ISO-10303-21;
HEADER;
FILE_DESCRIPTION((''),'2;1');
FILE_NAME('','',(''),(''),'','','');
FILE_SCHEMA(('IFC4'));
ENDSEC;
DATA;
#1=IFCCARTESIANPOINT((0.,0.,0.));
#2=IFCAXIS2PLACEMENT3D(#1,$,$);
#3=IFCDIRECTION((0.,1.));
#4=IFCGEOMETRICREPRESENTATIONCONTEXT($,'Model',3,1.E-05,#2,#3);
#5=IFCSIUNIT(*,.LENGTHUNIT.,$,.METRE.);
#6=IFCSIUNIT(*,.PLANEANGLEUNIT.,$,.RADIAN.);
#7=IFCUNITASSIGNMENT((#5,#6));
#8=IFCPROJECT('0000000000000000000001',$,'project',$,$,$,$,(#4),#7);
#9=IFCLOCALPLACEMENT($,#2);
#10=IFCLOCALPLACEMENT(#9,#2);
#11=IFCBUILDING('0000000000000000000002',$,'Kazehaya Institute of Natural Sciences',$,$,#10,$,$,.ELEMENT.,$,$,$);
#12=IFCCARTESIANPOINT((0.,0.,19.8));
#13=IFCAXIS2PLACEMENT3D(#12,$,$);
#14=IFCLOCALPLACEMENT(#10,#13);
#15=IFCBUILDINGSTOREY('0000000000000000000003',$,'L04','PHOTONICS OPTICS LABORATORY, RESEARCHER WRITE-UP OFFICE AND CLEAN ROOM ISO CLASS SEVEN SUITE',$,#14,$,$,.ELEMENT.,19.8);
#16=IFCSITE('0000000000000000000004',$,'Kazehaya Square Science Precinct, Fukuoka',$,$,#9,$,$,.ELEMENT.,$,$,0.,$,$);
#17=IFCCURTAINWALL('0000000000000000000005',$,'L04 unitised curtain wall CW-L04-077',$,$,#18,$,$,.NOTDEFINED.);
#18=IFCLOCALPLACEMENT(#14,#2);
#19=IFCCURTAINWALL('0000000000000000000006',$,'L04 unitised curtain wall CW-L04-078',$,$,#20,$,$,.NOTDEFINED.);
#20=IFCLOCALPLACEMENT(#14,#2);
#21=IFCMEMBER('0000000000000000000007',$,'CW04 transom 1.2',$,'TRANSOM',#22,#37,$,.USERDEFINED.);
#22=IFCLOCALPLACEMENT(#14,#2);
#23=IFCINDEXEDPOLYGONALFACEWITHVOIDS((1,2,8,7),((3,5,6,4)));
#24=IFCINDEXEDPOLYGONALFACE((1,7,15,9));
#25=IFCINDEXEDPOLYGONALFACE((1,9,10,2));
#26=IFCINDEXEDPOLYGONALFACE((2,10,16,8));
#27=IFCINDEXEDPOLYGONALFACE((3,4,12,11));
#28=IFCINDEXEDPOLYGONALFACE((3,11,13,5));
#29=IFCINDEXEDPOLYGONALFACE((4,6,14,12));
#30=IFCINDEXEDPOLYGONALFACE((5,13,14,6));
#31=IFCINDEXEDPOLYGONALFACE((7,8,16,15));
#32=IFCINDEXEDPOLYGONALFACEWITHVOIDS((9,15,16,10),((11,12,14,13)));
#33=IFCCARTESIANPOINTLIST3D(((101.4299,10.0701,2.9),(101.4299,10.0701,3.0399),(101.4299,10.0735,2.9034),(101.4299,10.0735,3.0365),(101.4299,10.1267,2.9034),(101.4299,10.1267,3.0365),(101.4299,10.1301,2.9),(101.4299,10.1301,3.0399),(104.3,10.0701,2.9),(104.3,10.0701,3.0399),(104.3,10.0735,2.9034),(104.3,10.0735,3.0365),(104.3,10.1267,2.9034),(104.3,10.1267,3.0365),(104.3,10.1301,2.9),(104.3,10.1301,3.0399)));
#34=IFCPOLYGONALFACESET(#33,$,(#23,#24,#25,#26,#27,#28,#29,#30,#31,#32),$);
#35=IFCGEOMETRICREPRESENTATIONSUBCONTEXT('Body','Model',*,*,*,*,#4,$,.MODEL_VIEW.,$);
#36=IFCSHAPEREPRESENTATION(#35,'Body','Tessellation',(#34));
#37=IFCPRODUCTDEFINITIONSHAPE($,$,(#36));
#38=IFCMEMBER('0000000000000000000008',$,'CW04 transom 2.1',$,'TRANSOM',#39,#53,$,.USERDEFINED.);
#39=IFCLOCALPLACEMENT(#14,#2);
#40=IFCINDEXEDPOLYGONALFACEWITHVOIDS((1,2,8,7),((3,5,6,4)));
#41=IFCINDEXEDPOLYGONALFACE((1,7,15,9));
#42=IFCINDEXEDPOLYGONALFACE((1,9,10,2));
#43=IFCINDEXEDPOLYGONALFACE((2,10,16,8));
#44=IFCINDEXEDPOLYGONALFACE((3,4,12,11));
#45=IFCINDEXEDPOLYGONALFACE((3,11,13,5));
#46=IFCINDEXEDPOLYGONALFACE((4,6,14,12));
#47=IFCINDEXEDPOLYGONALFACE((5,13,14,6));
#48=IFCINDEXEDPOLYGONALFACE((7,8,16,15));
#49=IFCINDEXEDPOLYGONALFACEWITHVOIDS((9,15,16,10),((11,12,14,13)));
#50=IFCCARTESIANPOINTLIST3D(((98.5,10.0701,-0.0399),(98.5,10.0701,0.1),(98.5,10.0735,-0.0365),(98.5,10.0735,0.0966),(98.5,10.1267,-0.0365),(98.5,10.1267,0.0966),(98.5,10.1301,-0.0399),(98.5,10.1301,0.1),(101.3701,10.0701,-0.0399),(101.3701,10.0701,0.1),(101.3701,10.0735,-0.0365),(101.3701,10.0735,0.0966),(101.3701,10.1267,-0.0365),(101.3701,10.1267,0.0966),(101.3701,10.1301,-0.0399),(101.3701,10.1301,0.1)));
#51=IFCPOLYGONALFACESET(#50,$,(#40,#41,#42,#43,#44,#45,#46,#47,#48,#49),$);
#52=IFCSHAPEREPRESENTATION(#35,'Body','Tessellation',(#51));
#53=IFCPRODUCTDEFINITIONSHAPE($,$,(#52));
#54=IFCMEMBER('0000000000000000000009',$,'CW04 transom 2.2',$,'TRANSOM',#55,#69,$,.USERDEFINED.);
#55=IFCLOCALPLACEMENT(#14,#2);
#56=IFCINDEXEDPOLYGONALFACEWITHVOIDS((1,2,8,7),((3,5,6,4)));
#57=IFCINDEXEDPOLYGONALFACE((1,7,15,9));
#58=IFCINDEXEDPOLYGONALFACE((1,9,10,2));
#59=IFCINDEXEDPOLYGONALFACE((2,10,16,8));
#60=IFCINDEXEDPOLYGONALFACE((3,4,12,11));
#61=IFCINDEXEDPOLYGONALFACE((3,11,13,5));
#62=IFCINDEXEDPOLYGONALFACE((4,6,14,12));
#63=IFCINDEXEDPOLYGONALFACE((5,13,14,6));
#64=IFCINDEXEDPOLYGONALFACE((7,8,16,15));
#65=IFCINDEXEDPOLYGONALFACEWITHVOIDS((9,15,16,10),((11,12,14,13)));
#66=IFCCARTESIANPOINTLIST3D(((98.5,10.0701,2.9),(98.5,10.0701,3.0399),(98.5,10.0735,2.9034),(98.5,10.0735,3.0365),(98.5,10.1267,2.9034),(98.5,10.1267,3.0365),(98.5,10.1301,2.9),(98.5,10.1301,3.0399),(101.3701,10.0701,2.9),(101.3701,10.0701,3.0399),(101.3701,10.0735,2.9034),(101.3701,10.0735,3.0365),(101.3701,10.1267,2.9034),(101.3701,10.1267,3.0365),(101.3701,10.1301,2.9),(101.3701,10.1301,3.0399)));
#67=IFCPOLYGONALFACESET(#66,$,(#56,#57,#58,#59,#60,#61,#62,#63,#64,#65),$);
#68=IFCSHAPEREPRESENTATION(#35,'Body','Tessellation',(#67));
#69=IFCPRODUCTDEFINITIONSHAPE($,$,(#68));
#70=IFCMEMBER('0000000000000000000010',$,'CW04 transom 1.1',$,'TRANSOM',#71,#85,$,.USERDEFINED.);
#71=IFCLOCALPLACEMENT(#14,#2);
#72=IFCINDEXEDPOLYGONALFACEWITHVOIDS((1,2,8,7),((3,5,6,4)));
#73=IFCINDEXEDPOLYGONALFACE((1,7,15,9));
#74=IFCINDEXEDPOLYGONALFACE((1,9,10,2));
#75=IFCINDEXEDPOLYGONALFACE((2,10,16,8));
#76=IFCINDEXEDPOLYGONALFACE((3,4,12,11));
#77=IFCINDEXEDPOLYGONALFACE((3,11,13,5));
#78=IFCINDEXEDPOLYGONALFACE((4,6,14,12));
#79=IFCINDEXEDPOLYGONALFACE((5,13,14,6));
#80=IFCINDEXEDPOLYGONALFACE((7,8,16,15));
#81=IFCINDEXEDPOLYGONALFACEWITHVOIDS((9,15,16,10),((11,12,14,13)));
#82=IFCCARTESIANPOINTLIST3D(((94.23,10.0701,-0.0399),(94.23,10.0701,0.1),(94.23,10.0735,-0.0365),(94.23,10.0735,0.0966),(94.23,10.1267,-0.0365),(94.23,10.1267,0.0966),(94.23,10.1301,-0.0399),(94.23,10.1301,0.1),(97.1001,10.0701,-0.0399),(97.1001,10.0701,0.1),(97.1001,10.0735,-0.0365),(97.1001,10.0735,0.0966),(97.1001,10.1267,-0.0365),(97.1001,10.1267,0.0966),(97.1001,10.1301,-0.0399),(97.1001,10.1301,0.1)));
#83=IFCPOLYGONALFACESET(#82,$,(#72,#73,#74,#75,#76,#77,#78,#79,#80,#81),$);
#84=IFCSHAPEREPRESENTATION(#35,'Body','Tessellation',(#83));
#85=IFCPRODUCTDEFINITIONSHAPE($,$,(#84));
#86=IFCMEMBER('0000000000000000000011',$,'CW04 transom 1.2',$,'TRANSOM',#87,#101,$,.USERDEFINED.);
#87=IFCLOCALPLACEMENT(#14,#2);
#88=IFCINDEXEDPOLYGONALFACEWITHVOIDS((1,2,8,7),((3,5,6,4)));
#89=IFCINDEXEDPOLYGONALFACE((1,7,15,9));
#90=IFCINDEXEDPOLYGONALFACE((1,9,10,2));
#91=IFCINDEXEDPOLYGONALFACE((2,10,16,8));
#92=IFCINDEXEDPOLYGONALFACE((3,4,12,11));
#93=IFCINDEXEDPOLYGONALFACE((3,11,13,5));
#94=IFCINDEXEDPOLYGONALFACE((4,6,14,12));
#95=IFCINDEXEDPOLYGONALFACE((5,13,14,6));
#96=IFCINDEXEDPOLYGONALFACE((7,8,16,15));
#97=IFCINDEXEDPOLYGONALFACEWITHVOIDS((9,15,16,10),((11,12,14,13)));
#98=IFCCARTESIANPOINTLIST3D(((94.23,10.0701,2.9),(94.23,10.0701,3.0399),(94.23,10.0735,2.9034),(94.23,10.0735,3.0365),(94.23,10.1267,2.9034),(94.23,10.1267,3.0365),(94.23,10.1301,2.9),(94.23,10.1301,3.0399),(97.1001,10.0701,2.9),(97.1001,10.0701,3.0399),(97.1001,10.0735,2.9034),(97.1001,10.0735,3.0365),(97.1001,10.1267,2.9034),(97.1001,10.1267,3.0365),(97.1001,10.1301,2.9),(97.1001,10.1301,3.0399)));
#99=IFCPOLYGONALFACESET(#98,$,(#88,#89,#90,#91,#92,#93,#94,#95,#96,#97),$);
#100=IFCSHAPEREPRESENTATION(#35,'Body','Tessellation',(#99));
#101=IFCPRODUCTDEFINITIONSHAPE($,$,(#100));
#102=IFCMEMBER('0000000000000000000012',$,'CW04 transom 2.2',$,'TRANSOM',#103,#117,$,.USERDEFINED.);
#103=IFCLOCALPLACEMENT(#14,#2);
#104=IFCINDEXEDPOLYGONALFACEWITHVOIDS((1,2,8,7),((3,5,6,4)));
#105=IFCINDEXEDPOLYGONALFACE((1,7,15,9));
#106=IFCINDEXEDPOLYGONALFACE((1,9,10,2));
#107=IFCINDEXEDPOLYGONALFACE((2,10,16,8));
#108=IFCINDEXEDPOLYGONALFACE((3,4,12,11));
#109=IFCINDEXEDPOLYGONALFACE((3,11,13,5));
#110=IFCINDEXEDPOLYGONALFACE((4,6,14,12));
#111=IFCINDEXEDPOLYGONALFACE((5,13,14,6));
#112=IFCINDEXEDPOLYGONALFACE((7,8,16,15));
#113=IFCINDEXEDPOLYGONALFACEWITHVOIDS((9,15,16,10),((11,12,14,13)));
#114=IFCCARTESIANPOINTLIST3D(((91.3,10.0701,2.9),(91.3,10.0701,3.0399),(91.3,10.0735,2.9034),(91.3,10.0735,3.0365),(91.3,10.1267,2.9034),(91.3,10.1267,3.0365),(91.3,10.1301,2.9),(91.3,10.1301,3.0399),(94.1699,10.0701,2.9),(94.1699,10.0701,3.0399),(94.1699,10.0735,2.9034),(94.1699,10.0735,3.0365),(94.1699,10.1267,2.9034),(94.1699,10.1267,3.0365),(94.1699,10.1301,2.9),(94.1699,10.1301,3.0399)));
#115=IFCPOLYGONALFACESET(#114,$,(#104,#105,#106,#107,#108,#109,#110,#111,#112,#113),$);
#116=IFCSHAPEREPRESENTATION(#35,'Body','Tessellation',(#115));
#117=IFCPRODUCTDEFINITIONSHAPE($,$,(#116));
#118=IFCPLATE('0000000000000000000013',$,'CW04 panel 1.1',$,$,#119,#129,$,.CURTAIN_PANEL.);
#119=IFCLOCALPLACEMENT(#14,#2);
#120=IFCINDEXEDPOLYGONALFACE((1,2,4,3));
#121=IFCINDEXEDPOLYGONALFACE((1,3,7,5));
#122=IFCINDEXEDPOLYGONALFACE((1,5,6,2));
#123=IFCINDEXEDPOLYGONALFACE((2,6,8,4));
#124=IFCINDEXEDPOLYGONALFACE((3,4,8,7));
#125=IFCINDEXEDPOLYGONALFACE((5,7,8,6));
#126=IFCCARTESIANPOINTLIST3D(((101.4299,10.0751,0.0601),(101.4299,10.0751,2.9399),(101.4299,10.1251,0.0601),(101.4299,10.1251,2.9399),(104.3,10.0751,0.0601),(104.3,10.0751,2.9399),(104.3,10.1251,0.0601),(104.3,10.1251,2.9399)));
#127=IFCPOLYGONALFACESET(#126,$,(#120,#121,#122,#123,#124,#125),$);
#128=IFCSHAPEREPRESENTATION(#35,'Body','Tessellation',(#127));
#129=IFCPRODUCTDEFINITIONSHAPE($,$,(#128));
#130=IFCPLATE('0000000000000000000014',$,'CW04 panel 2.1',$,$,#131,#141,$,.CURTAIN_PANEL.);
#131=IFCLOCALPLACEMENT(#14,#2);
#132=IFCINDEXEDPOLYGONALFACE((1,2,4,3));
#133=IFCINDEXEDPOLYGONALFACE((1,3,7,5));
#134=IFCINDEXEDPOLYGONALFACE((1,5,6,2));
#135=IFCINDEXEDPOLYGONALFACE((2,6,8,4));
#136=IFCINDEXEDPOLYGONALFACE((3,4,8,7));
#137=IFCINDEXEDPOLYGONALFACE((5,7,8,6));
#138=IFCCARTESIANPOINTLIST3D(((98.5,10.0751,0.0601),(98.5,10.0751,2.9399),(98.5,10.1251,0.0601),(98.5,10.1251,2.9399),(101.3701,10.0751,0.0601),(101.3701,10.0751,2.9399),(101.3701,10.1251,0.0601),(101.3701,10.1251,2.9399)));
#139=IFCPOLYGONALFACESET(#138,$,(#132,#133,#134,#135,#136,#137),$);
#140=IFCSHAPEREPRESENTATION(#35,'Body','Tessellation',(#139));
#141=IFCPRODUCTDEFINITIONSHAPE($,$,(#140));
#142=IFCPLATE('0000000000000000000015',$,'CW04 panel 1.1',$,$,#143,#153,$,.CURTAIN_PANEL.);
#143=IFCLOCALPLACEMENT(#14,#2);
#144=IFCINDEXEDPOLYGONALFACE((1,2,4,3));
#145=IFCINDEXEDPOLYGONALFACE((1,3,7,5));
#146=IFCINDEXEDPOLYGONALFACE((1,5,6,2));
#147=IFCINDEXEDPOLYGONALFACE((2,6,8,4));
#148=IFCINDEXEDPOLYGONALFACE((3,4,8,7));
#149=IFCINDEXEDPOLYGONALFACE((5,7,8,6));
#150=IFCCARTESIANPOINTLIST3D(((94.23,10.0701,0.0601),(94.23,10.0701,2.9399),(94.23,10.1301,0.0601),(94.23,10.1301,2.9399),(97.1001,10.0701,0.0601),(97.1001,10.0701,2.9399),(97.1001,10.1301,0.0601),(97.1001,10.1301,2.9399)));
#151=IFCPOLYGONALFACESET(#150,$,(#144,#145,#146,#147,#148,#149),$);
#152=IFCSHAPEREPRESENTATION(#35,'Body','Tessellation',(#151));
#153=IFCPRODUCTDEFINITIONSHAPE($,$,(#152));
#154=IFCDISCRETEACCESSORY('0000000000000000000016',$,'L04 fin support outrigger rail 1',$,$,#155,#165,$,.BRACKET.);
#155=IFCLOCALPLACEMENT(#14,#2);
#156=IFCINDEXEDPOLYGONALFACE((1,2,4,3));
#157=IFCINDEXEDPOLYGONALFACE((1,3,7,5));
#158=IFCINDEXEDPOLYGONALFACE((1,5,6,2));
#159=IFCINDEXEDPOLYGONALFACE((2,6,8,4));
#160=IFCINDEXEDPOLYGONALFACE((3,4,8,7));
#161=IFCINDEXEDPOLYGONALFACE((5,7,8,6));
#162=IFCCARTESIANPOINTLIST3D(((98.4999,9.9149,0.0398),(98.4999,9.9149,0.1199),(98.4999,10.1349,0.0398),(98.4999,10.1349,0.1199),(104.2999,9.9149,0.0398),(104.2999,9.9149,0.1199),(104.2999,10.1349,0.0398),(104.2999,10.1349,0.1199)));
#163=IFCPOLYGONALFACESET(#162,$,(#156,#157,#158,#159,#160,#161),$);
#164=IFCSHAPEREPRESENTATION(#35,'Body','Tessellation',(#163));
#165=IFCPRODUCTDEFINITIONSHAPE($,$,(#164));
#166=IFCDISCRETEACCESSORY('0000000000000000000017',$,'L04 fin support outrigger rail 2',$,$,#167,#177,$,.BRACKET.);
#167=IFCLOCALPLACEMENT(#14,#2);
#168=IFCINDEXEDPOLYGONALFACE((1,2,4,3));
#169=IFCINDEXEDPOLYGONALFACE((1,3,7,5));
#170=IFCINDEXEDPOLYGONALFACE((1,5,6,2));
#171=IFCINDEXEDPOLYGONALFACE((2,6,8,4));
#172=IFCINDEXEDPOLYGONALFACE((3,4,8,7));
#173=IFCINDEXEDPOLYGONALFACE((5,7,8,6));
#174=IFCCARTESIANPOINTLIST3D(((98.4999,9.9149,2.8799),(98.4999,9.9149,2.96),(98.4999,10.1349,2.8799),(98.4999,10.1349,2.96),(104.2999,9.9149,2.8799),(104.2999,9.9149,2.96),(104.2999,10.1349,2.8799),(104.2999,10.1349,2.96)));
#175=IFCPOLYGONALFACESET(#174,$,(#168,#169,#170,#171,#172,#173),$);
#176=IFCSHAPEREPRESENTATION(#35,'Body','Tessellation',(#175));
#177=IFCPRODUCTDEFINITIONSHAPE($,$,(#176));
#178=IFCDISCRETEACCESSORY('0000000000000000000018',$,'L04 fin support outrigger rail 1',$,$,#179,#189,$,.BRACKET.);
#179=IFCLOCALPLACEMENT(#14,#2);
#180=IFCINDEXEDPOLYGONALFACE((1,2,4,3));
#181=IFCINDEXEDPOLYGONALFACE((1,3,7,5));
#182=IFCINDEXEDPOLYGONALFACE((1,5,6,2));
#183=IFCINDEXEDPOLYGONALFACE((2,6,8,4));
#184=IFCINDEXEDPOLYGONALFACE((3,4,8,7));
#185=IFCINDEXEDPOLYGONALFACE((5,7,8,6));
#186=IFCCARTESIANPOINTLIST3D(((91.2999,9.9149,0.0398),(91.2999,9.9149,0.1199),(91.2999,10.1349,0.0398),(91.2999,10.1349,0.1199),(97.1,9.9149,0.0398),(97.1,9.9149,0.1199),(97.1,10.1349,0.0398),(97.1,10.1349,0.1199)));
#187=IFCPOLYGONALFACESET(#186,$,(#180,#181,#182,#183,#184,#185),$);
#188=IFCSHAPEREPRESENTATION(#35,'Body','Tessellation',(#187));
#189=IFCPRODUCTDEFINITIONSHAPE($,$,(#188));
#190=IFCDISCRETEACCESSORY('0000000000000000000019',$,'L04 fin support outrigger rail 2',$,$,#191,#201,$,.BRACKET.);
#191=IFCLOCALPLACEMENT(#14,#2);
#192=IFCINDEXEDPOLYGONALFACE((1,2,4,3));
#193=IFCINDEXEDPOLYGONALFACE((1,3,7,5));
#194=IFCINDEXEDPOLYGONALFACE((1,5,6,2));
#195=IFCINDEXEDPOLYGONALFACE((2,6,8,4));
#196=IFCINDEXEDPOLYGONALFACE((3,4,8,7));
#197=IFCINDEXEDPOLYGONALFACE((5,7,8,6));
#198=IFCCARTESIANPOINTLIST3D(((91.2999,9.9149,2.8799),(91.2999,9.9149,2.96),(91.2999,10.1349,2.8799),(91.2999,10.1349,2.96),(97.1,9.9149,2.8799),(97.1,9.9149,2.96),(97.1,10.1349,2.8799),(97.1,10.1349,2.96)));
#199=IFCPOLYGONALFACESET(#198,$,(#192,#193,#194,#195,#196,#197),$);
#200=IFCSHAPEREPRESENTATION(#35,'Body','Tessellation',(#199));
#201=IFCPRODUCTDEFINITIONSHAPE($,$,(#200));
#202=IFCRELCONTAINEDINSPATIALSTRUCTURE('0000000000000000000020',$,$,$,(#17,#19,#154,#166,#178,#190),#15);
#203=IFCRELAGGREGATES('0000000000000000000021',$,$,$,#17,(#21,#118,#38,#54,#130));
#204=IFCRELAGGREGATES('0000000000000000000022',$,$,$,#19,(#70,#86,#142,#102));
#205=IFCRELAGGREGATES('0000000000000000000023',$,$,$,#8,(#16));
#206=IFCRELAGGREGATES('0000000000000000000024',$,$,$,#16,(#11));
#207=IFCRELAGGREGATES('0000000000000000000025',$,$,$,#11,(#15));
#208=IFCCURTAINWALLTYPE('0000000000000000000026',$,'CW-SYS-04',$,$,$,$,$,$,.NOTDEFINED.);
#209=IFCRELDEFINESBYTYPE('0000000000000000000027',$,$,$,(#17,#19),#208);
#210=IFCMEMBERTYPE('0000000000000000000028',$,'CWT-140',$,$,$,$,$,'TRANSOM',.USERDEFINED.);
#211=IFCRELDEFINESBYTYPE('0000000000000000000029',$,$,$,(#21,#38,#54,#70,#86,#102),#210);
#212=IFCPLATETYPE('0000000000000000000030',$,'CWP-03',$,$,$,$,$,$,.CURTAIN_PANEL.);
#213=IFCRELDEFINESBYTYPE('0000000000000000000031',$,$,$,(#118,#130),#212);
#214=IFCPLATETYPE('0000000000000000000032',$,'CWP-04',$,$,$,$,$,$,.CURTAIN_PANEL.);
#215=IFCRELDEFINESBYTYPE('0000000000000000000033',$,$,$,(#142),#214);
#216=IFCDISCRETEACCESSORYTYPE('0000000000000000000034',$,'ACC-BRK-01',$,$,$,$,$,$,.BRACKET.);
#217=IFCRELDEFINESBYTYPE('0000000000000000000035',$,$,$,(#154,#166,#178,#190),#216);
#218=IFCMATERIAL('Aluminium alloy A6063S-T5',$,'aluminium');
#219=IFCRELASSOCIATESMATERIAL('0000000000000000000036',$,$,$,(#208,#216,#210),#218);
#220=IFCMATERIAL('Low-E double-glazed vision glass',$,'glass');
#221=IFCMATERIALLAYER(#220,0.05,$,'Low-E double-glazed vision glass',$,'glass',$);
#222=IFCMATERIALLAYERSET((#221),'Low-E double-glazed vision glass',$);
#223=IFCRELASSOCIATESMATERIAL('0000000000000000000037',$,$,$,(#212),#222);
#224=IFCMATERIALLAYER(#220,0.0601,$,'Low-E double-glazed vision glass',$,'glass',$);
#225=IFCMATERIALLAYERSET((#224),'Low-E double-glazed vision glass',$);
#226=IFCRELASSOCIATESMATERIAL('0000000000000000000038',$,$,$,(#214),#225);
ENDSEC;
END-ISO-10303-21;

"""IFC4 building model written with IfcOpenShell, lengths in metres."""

from ifc_helpers import new_model, si_unit, direction, frame, origin, origin_2d, place, context, subcontext, project, spatial, rectangle, hollow_rectangle, extrude, material, layer, layer_set, material_profile, profile_set, type_object, element, aggregate, save


model = new_model("IFC4")

# Units and contexts
model_context = context("Model", 3, precision=1e-05, world=origin(), true_north=direction((0.0, 1.0)))
body_context = subcontext(model_context, "Body", "Model", "MODEL_VIEW")
ifc_project = project(units=[si_unit("LENGTHUNIT", "METRE"), si_unit("PLANEANGLEUNIT", "RADIAN")], contexts=[model_context])

# Site, building, storey
site_placement = place(None, origin())
site = spatial("IfcSite", under=ifc_project, at=site_placement, Name="Kazehaya Square Science Precinct, Fukuoka", CompositionType="ELEMENT", RefElevation=0.0)
building_placement = place(site_placement, origin())
building = spatial("IfcBuilding", under=site, at=building_placement, Name="Kazehaya Institute of Natural Sciences", CompositionType="ELEMENT")
storey_placement = place(building_placement, frame((0.0, 0.0, 19.8)))
storey = spatial("IfcBuildingStorey", under=building, at=storey_placement, Name="L04", Description="PHOTONICS OPTICS LABORATORY, RESEARCHER WRITE-UP OFFICE AND CLEAN ROOM ISO CLASS SEVEN SUITE", CompositionType="ELEMENT", Elevation=19.8)

# Curtain walls
ifc_material_1 = material(Name="Aluminium alloy A6063S-T5", Category="aluminium")
curtain_wall_type = type_object("IfcCurtainWallType", Name="CW-SYS-04", PredefinedType="NOTDEFINED", material=ifc_material_1)
curtain_wall_1_placement = place(storey_placement, origin())
curtain_wall_1 = element("IfcCurtainWall", 1, at=curtain_wall_1_placement, inside=storey, type_object=curtain_wall_type, Name="L04 unitised curtain wall CW-L04-077", PredefinedType="NOTDEFINED")
curtain_wall_2_placement = place(storey_placement, origin())
curtain_wall_2 = element("IfcCurtainWall", 2, at=curtain_wall_2_placement, inside=storey, type_object=curtain_wall_type, Name="L04 unitised curtain wall CW-L04-078", PredefinedType="NOTDEFINED")

# Members
ifc_material_profile_1 = material_profile(ifc_material_1, hollow_rectangle(XDim=0.0601, YDim=0.1399, WallThickness=0.0034, at=origin_2d()), Name="ALU-60x140x3.5")
ifc_profile_set_1 = profile_set([ifc_material_profile_1], Name="Aluminium alloy A6063S-T5")
member_type_1 = type_object("IfcMemberType", Name="CWT-140", ElementType="TRANSOM", PredefinedType="USERDEFINED", material=ifc_profile_set_1)
member_1_placement = place(storey_placement, frame((104.3, 10.1001, 2.97), z_axis=(-1.0, 0.0, 0.0), x_axis=(0.0, -1.0, 0.0)))
member_1 = element("IfcMember", 3, at=member_1_placement, type_object=member_type_1, Name="CW04 transom 1.2", ObjectType="TRANSOM", PredefinedType="USERDEFINED", context=body_context, shape_type="SweptSolid", body=[
    extrude(hollow_rectangle(XDim=0.0601, YDim=0.1399, WallThickness=0.0034, at=origin_2d()), origin(), (0.0, 0.0, 1.0), 2.8701),
])
member_2_placement = place(storey_placement, frame((101.3701, 10.1001, 0.03), z_axis=(-1.0, 0.0, 0.0), x_axis=(0.0, -1.0, 0.0)))
member_2 = element("IfcMember", 4, at=member_2_placement, type_object=member_type_1, Name="CW04 transom 2.1", ObjectType="TRANSOM", PredefinedType="USERDEFINED", context=body_context, shape_type="SweptSolid", body=[
    extrude(hollow_rectangle(XDim=0.0601, YDim=0.1399, WallThickness=0.0034, at=origin_2d()), origin(), (0.0, 0.0, 1.0), 2.8701),
])
member_3_placement = place(storey_placement, frame((101.3701, 10.1001, 2.97), z_axis=(-1.0, 0.0, 0.0), x_axis=(0.0, -1.0, 0.0)))
member_3 = element("IfcMember", 5, at=member_3_placement, type_object=member_type_1, Name="CW04 transom 2.2", ObjectType="TRANSOM", PredefinedType="USERDEFINED", context=body_context, shape_type="SweptSolid", body=[
    extrude(hollow_rectangle(XDim=0.0601, YDim=0.1399, WallThickness=0.0034, at=origin_2d()), origin(), (0.0, 0.0, 1.0), 2.8701),
])
member_4_placement = place(storey_placement, frame((97.1001, 10.1001, 0.03), z_axis=(-1.0, 0.0, 0.0), x_axis=(0.0, -1.0, 0.0)))
member_4 = element("IfcMember", 6, at=member_4_placement, type_object=member_type_1, Name="CW04 transom 1.1", ObjectType="TRANSOM", PredefinedType="USERDEFINED", context=body_context, shape_type="SweptSolid", body=[
    extrude(hollow_rectangle(XDim=0.0601, YDim=0.1399, WallThickness=0.0034, at=origin_2d()), origin(), (0.0, 0.0, 1.0), 2.8701),
])
member_5_placement = place(storey_placement, frame((97.1001, 10.1001, 2.97), z_axis=(-1.0, 0.0, 0.0), x_axis=(0.0, -1.0, 0.0)))
member_5 = element("IfcMember", 7, at=member_5_placement, type_object=member_type_1, Name="CW04 transom 1.2", ObjectType="TRANSOM", PredefinedType="USERDEFINED", context=body_context, shape_type="SweptSolid", body=[
    extrude(hollow_rectangle(XDim=0.0601, YDim=0.1399, WallThickness=0.0034, at=origin_2d()), origin(), (0.0, 0.0, 1.0), 2.8701),
])
member_6_placement = place(storey_placement, frame((94.1699, 10.1001, 2.97), z_axis=(-1.0, 0.0, 0.0), x_axis=(0.0, -1.0, 0.0)))
member_6 = element("IfcMember", 8, at=member_6_placement, type_object=member_type_1, Name="CW04 transom 2.2", ObjectType="TRANSOM", PredefinedType="USERDEFINED", context=body_context, shape_type="SweptSolid", body=[
    extrude(hollow_rectangle(XDim=0.0601, YDim=0.1399, WallThickness=0.0034, at=origin_2d()), origin(), (0.0, 0.0, 1.0), 2.8699),
])

# Plates
ifc_material_2 = material(Name="Low-E double-glazed vision glass", Category="glass")
ifc_layer_1 = layer(ifc_material_2, 0.05, Name="Low-E double-glazed vision glass", Category="glass")
ifc_layer_set_1 = layer_set([ifc_layer_1], Name="Low-E double-glazed vision glass")
plate_type_1 = type_object("IfcPlateType", Name="CWP-03", PredefinedType="CURTAIN_PANEL", material=ifc_layer_set_1)
plate_1_placement = place(storey_placement, frame((102.865, 10.1001, 0.0601), z_axis=(0.0, 0.0, 1.0), x_axis=(-1.0, 0.0, 0.0)))
plate_1 = element("IfcPlate", 9, at=plate_1_placement, type_object=plate_type_1, Name="CW04 panel 1.1", PredefinedType="CURTAIN_PANEL", context=body_context, shape_type="SweptSolid", body=[
    extrude(rectangle(XDim=2.8701, YDim=0.05, at=origin_2d()), origin(), (0.0, 0.0, 1.0), 2.8799),
])
plate_2_placement = place(storey_placement, frame((99.9351, 10.1001, 0.0601), z_axis=(0.0, 0.0, 1.0), x_axis=(-1.0, 0.0, 0.0)))
plate_2 = element("IfcPlate", 10, at=plate_2_placement, type_object=plate_type_1, Name="CW04 panel 2.1", PredefinedType="CURTAIN_PANEL", context=body_context, shape_type="SweptSolid", body=[
    extrude(rectangle(XDim=2.8701, YDim=0.05, at=origin_2d()), origin(), (0.0, 0.0, 1.0), 2.8799),
])
aggregate(curtain_wall_1, [member_1, plate_1, member_2, member_3, plate_2])
ifc_layer_2 = layer(ifc_material_2, 0.0601, Name="Low-E double-glazed vision glass", Category="glass")
ifc_layer_set_2 = layer_set([ifc_layer_2], Name="Low-E double-glazed vision glass")
plate_type_2 = type_object("IfcPlateType", Name="CWP-04", PredefinedType="CURTAIN_PANEL", material=ifc_layer_set_2)
plate_3_placement = place(storey_placement, frame((95.665, 10.1001, 0.0601), z_axis=(0.0, 0.0, 1.0), x_axis=(-1.0, 0.0, 0.0)))
plate_3 = element("IfcPlate", 11, at=plate_3_placement, type_object=plate_type_2, Name="CW04 panel 1.1", PredefinedType="CURTAIN_PANEL", context=body_context, shape_type="SweptSolid", body=[
    extrude(rectangle(XDim=2.8701, YDim=0.0601, at=origin_2d()), origin(), (0.0, 0.0, 1.0), 2.8799),
])
aggregate(curtain_wall_2, [member_4, member_5, plate_3, member_6])

# Discrete accessories
discrete_accessory_type = type_object("IfcDiscreteAccessoryType", Name="ACC-BRK-01", PredefinedType="BRACKET", material=ifc_material_1)
for number, where, z_axis, x_axis, name in (
    (12, (101.3999, 10.0249, 0.0398), (0.0, 0.0, 1.0), (-1.0, 0.0, 0.0), "L04 fin support outrigger rail 1"),
    (13, (101.3999, 10.0249, 2.8799), (0.0, 0.0, 1.0), (-1.0, 0.0, 0.0), "L04 fin support outrigger rail 2"),
    (14, (94.2, 10.0249, 0.0398), (0.0, 0.0, 1.0), (-1.0, 0.0, 0.0), "L04 fin support outrigger rail 1"),
    (15, (94.2, 10.0249, 2.8799), (0.0, 0.0, 1.0), (-1.0, 0.0, 0.0), "L04 fin support outrigger rail 2"),
):
    element("IfcDiscreteAccessory", number, at=place(storey_placement, frame(where, z_axis=z_axis, x_axis=x_axis)), inside=storey, type_object=discrete_accessory_type, Name=name, PredefinedType="BRACKET", context=body_context, shape_type="SweptSolid", body=[
        extrude(rectangle(XDim=5.8, YDim=0.22, at=origin_2d()), origin(), (0.0, 0.0, 1.0), 0.0801),
    ])

save(model, "model.ifc")
